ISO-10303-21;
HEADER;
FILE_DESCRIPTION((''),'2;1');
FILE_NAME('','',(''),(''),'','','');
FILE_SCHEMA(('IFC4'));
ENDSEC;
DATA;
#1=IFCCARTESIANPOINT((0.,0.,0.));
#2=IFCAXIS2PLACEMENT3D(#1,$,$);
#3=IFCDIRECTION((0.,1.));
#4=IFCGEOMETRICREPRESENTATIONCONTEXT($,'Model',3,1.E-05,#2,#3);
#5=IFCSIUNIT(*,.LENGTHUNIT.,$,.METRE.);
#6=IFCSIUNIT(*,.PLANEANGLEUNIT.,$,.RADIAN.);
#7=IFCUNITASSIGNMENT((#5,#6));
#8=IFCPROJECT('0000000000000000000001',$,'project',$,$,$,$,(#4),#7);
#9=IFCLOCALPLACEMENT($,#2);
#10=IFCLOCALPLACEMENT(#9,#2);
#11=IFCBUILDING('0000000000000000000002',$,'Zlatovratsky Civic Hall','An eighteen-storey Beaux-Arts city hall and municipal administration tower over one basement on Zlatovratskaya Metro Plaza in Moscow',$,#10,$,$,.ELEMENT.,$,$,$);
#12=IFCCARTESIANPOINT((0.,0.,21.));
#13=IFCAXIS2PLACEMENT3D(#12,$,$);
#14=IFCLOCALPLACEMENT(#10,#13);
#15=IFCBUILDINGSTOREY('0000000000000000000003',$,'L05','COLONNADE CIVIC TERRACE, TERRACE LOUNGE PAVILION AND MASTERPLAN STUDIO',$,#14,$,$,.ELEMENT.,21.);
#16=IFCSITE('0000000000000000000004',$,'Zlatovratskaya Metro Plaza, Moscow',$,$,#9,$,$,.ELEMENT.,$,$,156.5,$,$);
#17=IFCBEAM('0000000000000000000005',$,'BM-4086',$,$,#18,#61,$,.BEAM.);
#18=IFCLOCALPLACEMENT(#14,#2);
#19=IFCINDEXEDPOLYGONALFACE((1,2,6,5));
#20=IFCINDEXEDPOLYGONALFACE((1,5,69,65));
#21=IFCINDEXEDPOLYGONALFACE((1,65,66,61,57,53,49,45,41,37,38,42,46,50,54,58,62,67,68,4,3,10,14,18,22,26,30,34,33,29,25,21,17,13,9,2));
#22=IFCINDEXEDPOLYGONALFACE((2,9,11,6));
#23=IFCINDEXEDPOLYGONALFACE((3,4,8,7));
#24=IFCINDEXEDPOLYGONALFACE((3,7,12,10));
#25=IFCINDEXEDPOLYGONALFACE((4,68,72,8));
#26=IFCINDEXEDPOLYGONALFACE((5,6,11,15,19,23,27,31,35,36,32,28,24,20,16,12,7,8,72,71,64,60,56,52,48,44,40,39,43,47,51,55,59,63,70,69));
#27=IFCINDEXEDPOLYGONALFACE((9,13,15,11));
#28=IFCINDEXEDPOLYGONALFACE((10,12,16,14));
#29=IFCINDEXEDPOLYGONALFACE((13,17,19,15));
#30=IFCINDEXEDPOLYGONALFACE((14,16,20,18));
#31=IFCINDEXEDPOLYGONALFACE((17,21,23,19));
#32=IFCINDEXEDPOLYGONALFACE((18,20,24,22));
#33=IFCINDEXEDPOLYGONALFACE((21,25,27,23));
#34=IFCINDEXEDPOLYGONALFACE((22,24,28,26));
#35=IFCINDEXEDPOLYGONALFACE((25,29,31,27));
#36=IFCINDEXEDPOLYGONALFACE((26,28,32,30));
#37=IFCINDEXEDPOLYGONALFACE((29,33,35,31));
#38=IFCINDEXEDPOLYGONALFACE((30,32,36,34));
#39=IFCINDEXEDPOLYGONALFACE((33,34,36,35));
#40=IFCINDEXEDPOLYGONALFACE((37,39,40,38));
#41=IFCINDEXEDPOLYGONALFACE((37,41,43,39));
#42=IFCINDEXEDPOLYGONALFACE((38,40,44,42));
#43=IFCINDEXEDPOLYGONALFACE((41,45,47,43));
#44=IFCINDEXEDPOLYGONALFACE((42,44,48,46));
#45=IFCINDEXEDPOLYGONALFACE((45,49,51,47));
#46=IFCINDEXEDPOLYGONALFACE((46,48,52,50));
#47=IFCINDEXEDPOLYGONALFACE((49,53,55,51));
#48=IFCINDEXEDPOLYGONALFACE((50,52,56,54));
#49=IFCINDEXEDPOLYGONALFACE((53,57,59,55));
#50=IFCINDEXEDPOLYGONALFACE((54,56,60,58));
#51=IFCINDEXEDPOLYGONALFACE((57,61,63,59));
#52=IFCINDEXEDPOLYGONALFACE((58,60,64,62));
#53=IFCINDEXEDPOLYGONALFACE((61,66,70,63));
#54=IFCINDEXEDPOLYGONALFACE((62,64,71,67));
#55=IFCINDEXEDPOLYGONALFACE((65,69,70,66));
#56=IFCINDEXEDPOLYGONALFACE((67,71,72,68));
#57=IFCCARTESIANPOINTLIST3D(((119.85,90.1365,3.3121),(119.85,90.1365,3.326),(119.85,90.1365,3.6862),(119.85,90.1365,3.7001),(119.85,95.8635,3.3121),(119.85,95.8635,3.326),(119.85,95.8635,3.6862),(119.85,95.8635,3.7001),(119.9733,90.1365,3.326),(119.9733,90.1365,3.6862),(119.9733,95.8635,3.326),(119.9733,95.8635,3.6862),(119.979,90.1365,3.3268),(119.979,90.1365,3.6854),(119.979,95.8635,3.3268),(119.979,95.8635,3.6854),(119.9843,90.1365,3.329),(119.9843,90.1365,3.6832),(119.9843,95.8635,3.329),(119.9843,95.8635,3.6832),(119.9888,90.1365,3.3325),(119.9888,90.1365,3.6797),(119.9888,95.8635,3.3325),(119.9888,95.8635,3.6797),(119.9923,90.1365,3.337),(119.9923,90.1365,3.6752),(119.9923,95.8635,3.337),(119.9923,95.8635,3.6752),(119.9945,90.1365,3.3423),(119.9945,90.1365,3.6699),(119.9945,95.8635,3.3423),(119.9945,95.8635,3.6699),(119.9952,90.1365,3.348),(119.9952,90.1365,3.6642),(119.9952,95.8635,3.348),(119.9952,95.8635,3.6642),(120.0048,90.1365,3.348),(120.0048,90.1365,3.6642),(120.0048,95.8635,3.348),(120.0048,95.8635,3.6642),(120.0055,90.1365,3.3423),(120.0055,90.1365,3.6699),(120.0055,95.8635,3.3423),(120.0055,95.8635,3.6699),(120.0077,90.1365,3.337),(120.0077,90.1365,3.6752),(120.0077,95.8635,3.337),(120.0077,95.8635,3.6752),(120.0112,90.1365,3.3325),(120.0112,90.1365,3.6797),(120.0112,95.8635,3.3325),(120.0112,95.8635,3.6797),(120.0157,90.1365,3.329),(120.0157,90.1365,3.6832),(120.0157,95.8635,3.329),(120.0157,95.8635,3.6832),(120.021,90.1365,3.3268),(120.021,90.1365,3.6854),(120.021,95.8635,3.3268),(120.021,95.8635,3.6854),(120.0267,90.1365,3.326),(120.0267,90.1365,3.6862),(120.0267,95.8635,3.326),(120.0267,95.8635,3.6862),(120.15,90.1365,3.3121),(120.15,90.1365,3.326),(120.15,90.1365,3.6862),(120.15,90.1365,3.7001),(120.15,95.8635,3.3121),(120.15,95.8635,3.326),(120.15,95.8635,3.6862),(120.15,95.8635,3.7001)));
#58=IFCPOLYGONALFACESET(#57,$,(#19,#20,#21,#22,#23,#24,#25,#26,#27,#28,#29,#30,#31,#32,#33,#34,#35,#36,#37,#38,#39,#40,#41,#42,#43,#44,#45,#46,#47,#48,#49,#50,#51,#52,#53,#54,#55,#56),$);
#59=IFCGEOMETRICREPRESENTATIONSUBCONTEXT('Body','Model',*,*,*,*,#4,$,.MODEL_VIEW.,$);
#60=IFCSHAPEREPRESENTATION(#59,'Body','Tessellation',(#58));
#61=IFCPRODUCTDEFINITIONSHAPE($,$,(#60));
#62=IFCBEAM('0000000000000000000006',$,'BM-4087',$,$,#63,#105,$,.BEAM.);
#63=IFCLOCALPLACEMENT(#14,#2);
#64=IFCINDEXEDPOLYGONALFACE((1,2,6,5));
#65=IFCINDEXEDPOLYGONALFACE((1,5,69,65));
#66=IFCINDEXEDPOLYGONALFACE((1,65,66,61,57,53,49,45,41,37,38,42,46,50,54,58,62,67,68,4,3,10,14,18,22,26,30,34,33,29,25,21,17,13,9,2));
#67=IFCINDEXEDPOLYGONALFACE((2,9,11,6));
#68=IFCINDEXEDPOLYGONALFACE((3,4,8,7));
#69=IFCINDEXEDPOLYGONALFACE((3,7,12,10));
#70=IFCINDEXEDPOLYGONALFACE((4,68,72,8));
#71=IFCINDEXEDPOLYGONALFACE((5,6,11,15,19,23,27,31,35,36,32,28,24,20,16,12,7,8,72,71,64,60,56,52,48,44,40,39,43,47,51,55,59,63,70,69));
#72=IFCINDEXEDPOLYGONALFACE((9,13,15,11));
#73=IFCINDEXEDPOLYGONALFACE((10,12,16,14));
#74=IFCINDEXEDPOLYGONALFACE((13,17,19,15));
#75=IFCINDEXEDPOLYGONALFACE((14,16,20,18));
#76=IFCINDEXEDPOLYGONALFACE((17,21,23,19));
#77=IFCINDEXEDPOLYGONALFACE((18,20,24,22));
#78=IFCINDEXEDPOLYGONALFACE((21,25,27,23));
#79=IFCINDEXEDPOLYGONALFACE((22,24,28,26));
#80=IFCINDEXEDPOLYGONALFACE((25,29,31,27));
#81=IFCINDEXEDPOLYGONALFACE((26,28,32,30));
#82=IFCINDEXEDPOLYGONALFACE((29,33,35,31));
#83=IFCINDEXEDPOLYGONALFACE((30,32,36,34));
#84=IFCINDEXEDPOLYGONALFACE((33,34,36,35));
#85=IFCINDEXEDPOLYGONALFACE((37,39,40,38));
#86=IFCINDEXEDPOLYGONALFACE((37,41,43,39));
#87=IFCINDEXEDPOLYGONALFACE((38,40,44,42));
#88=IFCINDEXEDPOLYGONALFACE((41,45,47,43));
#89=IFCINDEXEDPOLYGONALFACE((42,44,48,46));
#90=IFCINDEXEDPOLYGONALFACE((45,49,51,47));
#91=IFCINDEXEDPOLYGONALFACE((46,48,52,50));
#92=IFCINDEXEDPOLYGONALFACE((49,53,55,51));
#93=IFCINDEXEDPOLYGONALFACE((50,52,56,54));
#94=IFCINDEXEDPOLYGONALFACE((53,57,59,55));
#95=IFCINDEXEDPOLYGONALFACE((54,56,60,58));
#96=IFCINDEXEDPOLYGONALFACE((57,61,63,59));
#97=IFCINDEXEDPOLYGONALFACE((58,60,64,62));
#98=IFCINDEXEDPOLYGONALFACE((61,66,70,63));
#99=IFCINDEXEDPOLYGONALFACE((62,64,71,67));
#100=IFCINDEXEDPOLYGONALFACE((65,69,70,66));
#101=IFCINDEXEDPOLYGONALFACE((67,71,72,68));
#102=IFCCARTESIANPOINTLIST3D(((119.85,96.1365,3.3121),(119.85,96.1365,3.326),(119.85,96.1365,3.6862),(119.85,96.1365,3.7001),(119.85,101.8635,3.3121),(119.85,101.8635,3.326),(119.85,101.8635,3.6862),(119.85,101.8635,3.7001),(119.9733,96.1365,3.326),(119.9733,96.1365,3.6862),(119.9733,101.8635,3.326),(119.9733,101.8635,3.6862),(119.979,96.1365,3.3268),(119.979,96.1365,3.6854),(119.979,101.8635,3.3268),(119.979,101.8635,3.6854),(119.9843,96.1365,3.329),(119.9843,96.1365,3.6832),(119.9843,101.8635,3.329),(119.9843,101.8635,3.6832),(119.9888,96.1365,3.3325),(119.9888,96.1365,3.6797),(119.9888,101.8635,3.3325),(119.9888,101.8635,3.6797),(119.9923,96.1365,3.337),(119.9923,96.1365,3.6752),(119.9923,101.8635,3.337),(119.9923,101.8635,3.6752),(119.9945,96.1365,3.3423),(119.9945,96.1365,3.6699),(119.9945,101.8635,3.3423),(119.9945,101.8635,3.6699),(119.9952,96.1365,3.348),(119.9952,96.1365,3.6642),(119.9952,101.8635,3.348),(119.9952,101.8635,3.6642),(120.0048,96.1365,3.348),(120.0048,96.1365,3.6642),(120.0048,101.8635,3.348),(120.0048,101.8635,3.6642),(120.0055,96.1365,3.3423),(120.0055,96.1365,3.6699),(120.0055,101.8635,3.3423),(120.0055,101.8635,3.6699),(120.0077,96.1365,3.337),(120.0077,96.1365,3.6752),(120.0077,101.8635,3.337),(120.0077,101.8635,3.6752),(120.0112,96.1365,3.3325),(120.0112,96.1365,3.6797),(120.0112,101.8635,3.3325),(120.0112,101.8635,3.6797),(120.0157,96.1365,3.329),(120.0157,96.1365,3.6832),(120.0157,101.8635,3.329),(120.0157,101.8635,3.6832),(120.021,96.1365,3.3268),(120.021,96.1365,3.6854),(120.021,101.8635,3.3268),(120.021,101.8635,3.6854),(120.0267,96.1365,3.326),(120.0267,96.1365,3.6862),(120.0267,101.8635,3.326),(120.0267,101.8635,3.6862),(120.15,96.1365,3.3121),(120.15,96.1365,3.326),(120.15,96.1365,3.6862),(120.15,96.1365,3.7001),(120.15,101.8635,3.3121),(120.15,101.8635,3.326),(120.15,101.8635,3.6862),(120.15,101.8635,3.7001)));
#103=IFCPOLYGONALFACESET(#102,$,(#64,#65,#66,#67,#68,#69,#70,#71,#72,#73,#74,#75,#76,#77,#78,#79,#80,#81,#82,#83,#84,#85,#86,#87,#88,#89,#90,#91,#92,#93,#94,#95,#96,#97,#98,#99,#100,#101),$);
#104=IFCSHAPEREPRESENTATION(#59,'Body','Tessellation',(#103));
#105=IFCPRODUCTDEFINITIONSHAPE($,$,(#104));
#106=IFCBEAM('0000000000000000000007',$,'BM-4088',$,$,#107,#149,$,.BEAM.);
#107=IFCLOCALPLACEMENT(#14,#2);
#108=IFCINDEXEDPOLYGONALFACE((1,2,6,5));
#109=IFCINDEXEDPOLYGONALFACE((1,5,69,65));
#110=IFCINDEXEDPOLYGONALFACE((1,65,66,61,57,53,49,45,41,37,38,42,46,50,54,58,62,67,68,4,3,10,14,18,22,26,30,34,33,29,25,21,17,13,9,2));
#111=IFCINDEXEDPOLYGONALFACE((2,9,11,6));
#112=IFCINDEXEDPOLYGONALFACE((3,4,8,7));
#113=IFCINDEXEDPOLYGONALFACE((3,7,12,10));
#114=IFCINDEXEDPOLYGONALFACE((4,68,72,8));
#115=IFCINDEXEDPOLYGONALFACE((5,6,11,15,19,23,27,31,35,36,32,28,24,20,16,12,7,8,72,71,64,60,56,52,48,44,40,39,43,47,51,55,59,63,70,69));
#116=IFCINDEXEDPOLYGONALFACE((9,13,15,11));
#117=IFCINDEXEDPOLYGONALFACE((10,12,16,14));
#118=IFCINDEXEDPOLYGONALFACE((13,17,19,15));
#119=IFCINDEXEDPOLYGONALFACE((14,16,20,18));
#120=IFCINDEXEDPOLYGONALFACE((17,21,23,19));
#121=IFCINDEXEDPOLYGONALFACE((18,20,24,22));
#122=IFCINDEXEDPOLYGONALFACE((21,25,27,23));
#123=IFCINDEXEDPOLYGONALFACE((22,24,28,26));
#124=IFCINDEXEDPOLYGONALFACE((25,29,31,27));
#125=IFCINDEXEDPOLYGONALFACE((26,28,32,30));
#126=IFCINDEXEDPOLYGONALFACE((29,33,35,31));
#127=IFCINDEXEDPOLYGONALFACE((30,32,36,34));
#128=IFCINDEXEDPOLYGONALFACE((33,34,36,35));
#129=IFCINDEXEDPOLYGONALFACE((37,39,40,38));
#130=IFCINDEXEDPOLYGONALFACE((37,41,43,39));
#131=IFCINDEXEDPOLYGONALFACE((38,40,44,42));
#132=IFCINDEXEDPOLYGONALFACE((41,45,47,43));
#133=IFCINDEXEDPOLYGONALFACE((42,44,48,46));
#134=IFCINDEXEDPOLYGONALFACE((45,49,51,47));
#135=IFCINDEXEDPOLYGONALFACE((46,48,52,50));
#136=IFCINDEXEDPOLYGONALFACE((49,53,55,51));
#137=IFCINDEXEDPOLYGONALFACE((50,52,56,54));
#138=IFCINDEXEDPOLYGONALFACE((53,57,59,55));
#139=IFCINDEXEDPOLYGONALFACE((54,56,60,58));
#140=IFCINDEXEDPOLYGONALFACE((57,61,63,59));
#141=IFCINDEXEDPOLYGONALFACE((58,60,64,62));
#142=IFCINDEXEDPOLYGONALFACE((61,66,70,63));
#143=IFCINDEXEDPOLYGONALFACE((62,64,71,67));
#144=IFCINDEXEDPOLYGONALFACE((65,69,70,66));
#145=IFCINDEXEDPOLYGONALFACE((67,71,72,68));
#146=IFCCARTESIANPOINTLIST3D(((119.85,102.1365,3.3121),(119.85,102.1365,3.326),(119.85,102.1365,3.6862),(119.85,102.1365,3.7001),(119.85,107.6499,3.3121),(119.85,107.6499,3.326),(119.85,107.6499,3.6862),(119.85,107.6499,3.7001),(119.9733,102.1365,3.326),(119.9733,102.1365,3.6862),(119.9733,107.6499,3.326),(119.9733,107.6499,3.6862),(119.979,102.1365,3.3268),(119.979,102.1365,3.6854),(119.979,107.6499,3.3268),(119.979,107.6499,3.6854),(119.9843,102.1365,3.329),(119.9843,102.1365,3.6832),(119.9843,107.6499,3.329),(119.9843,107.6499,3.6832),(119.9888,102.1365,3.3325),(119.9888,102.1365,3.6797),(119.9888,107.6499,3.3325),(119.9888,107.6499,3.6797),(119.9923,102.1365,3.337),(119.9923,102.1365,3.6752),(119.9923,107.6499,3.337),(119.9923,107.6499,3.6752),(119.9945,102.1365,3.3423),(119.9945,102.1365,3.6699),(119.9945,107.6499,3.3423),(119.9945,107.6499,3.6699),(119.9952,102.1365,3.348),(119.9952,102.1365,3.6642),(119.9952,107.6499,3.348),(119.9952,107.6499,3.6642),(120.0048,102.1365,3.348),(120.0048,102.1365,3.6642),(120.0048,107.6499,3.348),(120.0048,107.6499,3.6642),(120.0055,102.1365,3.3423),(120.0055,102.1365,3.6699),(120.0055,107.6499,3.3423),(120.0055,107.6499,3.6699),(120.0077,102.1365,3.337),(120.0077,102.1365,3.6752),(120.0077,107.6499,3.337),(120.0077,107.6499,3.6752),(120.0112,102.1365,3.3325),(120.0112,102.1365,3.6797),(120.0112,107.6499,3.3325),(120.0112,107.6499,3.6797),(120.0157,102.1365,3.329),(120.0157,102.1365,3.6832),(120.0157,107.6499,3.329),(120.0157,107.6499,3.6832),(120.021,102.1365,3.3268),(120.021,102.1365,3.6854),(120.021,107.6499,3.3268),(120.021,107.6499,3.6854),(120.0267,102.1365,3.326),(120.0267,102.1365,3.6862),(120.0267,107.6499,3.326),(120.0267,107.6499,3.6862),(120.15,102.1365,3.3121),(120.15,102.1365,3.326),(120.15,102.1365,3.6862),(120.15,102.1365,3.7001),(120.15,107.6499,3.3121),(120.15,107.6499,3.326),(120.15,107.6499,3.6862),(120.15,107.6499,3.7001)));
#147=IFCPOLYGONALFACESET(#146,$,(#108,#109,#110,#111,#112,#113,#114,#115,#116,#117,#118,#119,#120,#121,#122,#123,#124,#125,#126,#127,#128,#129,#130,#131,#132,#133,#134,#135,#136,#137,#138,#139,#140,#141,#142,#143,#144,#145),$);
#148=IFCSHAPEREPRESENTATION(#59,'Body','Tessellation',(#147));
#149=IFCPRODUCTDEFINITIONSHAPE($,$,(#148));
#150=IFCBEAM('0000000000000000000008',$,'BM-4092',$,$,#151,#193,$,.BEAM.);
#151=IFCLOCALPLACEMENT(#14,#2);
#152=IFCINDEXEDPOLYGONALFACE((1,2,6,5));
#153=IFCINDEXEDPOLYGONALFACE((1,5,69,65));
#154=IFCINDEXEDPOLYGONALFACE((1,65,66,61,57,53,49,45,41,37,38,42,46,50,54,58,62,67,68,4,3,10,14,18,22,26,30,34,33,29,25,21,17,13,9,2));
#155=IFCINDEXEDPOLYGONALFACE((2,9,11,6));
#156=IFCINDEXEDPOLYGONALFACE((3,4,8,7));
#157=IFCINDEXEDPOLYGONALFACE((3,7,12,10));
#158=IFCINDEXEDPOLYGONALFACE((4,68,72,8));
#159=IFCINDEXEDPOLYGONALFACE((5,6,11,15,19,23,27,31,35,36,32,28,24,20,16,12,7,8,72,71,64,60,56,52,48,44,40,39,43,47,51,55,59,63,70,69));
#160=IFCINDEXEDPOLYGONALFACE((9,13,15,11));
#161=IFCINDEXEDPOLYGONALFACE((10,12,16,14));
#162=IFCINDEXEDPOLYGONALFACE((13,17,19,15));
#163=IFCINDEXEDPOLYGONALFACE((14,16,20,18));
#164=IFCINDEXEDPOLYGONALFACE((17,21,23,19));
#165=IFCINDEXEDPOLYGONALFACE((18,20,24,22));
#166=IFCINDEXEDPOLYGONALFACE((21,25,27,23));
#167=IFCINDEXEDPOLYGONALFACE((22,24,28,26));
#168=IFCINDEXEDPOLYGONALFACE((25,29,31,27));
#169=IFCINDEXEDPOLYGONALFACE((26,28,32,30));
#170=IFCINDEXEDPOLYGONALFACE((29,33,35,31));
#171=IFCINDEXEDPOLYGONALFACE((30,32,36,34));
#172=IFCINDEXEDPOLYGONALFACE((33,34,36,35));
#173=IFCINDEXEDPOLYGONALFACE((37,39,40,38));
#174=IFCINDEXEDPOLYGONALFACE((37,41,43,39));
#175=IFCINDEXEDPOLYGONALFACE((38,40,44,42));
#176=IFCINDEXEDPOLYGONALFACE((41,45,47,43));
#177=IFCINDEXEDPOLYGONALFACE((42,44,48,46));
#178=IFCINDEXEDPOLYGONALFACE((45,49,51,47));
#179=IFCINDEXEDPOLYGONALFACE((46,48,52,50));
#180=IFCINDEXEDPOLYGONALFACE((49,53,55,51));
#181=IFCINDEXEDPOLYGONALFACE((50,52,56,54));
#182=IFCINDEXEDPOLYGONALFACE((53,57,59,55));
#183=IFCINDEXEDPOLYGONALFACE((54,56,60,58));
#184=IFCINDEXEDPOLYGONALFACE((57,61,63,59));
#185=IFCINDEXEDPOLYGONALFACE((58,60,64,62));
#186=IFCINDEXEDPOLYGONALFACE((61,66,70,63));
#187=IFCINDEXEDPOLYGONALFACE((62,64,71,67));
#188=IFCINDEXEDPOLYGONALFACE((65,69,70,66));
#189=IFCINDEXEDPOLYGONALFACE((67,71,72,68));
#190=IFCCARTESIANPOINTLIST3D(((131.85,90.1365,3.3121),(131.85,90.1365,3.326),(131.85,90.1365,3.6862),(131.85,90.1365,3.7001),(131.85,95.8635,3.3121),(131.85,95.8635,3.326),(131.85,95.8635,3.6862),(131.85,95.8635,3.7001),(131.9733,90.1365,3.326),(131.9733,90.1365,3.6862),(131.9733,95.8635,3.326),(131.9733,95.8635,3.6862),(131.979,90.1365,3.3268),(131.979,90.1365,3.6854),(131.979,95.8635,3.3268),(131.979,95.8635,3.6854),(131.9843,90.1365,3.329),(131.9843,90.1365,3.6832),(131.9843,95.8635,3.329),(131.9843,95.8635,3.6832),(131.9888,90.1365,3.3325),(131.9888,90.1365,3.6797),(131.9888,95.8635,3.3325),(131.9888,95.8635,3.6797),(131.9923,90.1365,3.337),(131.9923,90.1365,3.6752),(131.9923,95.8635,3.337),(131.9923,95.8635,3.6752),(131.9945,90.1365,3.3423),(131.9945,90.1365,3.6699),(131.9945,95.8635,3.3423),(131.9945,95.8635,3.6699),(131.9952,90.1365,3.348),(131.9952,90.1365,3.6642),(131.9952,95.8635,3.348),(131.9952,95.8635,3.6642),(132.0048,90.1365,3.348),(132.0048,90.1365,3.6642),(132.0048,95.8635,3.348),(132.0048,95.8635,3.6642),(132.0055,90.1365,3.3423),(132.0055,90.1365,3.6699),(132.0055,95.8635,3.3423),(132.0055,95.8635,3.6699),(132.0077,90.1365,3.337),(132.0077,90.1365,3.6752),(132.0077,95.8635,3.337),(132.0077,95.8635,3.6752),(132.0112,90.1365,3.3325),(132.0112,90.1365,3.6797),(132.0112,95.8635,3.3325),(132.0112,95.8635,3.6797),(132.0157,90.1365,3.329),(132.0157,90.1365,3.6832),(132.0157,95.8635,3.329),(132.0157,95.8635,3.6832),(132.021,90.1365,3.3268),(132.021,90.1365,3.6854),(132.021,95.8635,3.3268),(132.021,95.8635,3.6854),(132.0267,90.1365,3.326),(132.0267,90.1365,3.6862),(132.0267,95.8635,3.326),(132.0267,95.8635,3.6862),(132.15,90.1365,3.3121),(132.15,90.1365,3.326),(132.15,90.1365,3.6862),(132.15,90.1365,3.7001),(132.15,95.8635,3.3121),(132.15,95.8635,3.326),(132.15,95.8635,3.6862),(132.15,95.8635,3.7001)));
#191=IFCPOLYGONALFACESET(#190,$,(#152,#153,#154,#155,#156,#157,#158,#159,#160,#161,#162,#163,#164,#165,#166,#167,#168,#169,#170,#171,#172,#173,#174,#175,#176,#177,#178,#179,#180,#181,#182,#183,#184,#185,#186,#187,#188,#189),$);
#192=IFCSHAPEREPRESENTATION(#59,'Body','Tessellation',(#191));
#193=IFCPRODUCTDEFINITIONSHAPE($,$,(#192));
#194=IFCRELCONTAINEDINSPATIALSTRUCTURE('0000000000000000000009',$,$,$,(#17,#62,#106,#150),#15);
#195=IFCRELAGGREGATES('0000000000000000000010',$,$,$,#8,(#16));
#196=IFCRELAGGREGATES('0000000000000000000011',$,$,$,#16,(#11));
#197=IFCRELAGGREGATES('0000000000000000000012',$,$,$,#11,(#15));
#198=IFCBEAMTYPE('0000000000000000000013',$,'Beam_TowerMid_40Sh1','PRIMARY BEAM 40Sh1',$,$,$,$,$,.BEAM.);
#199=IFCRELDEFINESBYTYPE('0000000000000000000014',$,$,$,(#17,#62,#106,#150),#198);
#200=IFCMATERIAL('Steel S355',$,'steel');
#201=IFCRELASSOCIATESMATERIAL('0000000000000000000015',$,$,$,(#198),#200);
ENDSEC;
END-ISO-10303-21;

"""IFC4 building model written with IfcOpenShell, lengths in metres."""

from ifc_helpers import new_model, si_unit, direction, frame, origin, origin_2d, place, context, subcontext, project, spatial, i_section, extrude, material, material_profile, profile_set, type_object, element, save


model = new_model("IFC4")

# Units and contexts
model_context = context("Model", 3, precision=1e-05, world=origin(), true_north=direction((0.0, 1.0)))
body_context = subcontext(model_context, "Body", "Model", "MODEL_VIEW")
ifc_project = project(units=[si_unit("LENGTHUNIT", "METRE"), si_unit("PLANEANGLEUNIT", "RADIAN")], contexts=[model_context])

# Site, building, storey
site_placement = place(None, origin())
site = spatial("IfcSite", under=ifc_project, at=site_placement, Name="Zlatovratskaya Metro Plaza, Moscow", CompositionType="ELEMENT", RefElevation=156.5)
building_placement = place(site_placement, origin())
building = spatial("IfcBuilding", under=site, at=building_placement, Name="Zlatovratsky Civic Hall", Description="An eighteen-storey Beaux-Arts city hall and municipal administration tower over one basement on Zlatovratskaya Metro Plaza in Moscow", CompositionType="ELEMENT")
storey_placement = place(building_placement, frame((0.0, 0.0, 21.0)))
storey = spatial("IfcBuildingStorey", under=building, at=storey_placement, Name="L05", Description="COLONNADE CIVIC TERRACE, TERRACE LOUNGE PAVILION AND MASTERPLAN STUDIO", CompositionType="ELEMENT", Elevation=21.0)

# Shared definitions
ifc_material_1 = material(Name="Steel S355", Category="steel")

# Beams
ifc_material_profile_1 = material_profile(ifc_material_1, i_section(OverallWidth=0.3, OverallDepth=0.3879, WebThickness=0.0095, FlangeThickness=0.0139, FilletRadius=0.022, at=origin_2d()), Name="40Sh1")
ifc_profile_set_1 = profile_set([ifc_material_profile_1], Name="Steel S355")
beam_type_1 = type_object("IfcBeamType", Name="Beam_TowerMid_40Sh1", Description="PRIMARY BEAM 40Sh1", PredefinedType="BEAM", material=ifc_profile_set_1)
for number, where, z_axis, x_axis, name in (
    (1, (120.0, 90.1365, 3.5061), (0.0, 1.0, 0.0), (-1.0, 0.0, 0.0), "BM-4086"),
    (2, (120.0, 96.1365, 3.5061), (0.0, 1.0, 0.0), (-1.0, 0.0, 0.0), "BM-4087"),
):
    element("IfcBeam", number, at=place(storey_placement, frame(where, z_axis=z_axis, x_axis=x_axis)), inside=storey, type_object=beam_type_1, Name=name, PredefinedType="BEAM", context=body_context, shape_type="SweptSolid", body=[
        extrude(i_section(OverallWidth=0.3, OverallDepth=0.3879, WebThickness=0.0095, FlangeThickness=0.0139, FilletRadius=0.022, at=origin_2d()), origin(), (0.0, 0.0, 1.0), 5.7271),
    ])
beam_1_placement = place(storey_placement, frame((120.0, 102.1365, 3.5061), z_axis=(0.0, 1.0, 0.0), x_axis=(-1.0, 0.0, 0.0)))
element("IfcBeam", 3, at=beam_1_placement, inside=storey, type_object=beam_type_1, Name="BM-4088", PredefinedType="BEAM", context=body_context, shape_type="SweptSolid", body=[
    extrude(i_section(OverallWidth=0.3, OverallDepth=0.3879, WebThickness=0.0095, FlangeThickness=0.0139, FilletRadius=0.022, at=origin_2d()), origin(), (0.0, 0.0, 1.0), 5.5134),
])
for number, where, z_axis, x_axis, name in (
    (4, (132.0, 90.1365, 3.5061), (0.0, 1.0, 0.0), (-1.0, 0.0, 0.0), "BM-4092"),
):
    element("IfcBeam", number, at=place(storey_placement, frame(where, z_axis=z_axis, x_axis=x_axis)), inside=storey, type_object=beam_type_1, Name=name, PredefinedType="BEAM", context=body_context, shape_type="SweptSolid", body=[
        extrude(i_section(OverallWidth=0.3, OverallDepth=0.3879, WebThickness=0.0095, FlangeThickness=0.0139, FilletRadius=0.022, at=origin_2d()), origin(), (0.0, 0.0, 1.0), 5.7271),
    ])

save(model, "model.ifc")
